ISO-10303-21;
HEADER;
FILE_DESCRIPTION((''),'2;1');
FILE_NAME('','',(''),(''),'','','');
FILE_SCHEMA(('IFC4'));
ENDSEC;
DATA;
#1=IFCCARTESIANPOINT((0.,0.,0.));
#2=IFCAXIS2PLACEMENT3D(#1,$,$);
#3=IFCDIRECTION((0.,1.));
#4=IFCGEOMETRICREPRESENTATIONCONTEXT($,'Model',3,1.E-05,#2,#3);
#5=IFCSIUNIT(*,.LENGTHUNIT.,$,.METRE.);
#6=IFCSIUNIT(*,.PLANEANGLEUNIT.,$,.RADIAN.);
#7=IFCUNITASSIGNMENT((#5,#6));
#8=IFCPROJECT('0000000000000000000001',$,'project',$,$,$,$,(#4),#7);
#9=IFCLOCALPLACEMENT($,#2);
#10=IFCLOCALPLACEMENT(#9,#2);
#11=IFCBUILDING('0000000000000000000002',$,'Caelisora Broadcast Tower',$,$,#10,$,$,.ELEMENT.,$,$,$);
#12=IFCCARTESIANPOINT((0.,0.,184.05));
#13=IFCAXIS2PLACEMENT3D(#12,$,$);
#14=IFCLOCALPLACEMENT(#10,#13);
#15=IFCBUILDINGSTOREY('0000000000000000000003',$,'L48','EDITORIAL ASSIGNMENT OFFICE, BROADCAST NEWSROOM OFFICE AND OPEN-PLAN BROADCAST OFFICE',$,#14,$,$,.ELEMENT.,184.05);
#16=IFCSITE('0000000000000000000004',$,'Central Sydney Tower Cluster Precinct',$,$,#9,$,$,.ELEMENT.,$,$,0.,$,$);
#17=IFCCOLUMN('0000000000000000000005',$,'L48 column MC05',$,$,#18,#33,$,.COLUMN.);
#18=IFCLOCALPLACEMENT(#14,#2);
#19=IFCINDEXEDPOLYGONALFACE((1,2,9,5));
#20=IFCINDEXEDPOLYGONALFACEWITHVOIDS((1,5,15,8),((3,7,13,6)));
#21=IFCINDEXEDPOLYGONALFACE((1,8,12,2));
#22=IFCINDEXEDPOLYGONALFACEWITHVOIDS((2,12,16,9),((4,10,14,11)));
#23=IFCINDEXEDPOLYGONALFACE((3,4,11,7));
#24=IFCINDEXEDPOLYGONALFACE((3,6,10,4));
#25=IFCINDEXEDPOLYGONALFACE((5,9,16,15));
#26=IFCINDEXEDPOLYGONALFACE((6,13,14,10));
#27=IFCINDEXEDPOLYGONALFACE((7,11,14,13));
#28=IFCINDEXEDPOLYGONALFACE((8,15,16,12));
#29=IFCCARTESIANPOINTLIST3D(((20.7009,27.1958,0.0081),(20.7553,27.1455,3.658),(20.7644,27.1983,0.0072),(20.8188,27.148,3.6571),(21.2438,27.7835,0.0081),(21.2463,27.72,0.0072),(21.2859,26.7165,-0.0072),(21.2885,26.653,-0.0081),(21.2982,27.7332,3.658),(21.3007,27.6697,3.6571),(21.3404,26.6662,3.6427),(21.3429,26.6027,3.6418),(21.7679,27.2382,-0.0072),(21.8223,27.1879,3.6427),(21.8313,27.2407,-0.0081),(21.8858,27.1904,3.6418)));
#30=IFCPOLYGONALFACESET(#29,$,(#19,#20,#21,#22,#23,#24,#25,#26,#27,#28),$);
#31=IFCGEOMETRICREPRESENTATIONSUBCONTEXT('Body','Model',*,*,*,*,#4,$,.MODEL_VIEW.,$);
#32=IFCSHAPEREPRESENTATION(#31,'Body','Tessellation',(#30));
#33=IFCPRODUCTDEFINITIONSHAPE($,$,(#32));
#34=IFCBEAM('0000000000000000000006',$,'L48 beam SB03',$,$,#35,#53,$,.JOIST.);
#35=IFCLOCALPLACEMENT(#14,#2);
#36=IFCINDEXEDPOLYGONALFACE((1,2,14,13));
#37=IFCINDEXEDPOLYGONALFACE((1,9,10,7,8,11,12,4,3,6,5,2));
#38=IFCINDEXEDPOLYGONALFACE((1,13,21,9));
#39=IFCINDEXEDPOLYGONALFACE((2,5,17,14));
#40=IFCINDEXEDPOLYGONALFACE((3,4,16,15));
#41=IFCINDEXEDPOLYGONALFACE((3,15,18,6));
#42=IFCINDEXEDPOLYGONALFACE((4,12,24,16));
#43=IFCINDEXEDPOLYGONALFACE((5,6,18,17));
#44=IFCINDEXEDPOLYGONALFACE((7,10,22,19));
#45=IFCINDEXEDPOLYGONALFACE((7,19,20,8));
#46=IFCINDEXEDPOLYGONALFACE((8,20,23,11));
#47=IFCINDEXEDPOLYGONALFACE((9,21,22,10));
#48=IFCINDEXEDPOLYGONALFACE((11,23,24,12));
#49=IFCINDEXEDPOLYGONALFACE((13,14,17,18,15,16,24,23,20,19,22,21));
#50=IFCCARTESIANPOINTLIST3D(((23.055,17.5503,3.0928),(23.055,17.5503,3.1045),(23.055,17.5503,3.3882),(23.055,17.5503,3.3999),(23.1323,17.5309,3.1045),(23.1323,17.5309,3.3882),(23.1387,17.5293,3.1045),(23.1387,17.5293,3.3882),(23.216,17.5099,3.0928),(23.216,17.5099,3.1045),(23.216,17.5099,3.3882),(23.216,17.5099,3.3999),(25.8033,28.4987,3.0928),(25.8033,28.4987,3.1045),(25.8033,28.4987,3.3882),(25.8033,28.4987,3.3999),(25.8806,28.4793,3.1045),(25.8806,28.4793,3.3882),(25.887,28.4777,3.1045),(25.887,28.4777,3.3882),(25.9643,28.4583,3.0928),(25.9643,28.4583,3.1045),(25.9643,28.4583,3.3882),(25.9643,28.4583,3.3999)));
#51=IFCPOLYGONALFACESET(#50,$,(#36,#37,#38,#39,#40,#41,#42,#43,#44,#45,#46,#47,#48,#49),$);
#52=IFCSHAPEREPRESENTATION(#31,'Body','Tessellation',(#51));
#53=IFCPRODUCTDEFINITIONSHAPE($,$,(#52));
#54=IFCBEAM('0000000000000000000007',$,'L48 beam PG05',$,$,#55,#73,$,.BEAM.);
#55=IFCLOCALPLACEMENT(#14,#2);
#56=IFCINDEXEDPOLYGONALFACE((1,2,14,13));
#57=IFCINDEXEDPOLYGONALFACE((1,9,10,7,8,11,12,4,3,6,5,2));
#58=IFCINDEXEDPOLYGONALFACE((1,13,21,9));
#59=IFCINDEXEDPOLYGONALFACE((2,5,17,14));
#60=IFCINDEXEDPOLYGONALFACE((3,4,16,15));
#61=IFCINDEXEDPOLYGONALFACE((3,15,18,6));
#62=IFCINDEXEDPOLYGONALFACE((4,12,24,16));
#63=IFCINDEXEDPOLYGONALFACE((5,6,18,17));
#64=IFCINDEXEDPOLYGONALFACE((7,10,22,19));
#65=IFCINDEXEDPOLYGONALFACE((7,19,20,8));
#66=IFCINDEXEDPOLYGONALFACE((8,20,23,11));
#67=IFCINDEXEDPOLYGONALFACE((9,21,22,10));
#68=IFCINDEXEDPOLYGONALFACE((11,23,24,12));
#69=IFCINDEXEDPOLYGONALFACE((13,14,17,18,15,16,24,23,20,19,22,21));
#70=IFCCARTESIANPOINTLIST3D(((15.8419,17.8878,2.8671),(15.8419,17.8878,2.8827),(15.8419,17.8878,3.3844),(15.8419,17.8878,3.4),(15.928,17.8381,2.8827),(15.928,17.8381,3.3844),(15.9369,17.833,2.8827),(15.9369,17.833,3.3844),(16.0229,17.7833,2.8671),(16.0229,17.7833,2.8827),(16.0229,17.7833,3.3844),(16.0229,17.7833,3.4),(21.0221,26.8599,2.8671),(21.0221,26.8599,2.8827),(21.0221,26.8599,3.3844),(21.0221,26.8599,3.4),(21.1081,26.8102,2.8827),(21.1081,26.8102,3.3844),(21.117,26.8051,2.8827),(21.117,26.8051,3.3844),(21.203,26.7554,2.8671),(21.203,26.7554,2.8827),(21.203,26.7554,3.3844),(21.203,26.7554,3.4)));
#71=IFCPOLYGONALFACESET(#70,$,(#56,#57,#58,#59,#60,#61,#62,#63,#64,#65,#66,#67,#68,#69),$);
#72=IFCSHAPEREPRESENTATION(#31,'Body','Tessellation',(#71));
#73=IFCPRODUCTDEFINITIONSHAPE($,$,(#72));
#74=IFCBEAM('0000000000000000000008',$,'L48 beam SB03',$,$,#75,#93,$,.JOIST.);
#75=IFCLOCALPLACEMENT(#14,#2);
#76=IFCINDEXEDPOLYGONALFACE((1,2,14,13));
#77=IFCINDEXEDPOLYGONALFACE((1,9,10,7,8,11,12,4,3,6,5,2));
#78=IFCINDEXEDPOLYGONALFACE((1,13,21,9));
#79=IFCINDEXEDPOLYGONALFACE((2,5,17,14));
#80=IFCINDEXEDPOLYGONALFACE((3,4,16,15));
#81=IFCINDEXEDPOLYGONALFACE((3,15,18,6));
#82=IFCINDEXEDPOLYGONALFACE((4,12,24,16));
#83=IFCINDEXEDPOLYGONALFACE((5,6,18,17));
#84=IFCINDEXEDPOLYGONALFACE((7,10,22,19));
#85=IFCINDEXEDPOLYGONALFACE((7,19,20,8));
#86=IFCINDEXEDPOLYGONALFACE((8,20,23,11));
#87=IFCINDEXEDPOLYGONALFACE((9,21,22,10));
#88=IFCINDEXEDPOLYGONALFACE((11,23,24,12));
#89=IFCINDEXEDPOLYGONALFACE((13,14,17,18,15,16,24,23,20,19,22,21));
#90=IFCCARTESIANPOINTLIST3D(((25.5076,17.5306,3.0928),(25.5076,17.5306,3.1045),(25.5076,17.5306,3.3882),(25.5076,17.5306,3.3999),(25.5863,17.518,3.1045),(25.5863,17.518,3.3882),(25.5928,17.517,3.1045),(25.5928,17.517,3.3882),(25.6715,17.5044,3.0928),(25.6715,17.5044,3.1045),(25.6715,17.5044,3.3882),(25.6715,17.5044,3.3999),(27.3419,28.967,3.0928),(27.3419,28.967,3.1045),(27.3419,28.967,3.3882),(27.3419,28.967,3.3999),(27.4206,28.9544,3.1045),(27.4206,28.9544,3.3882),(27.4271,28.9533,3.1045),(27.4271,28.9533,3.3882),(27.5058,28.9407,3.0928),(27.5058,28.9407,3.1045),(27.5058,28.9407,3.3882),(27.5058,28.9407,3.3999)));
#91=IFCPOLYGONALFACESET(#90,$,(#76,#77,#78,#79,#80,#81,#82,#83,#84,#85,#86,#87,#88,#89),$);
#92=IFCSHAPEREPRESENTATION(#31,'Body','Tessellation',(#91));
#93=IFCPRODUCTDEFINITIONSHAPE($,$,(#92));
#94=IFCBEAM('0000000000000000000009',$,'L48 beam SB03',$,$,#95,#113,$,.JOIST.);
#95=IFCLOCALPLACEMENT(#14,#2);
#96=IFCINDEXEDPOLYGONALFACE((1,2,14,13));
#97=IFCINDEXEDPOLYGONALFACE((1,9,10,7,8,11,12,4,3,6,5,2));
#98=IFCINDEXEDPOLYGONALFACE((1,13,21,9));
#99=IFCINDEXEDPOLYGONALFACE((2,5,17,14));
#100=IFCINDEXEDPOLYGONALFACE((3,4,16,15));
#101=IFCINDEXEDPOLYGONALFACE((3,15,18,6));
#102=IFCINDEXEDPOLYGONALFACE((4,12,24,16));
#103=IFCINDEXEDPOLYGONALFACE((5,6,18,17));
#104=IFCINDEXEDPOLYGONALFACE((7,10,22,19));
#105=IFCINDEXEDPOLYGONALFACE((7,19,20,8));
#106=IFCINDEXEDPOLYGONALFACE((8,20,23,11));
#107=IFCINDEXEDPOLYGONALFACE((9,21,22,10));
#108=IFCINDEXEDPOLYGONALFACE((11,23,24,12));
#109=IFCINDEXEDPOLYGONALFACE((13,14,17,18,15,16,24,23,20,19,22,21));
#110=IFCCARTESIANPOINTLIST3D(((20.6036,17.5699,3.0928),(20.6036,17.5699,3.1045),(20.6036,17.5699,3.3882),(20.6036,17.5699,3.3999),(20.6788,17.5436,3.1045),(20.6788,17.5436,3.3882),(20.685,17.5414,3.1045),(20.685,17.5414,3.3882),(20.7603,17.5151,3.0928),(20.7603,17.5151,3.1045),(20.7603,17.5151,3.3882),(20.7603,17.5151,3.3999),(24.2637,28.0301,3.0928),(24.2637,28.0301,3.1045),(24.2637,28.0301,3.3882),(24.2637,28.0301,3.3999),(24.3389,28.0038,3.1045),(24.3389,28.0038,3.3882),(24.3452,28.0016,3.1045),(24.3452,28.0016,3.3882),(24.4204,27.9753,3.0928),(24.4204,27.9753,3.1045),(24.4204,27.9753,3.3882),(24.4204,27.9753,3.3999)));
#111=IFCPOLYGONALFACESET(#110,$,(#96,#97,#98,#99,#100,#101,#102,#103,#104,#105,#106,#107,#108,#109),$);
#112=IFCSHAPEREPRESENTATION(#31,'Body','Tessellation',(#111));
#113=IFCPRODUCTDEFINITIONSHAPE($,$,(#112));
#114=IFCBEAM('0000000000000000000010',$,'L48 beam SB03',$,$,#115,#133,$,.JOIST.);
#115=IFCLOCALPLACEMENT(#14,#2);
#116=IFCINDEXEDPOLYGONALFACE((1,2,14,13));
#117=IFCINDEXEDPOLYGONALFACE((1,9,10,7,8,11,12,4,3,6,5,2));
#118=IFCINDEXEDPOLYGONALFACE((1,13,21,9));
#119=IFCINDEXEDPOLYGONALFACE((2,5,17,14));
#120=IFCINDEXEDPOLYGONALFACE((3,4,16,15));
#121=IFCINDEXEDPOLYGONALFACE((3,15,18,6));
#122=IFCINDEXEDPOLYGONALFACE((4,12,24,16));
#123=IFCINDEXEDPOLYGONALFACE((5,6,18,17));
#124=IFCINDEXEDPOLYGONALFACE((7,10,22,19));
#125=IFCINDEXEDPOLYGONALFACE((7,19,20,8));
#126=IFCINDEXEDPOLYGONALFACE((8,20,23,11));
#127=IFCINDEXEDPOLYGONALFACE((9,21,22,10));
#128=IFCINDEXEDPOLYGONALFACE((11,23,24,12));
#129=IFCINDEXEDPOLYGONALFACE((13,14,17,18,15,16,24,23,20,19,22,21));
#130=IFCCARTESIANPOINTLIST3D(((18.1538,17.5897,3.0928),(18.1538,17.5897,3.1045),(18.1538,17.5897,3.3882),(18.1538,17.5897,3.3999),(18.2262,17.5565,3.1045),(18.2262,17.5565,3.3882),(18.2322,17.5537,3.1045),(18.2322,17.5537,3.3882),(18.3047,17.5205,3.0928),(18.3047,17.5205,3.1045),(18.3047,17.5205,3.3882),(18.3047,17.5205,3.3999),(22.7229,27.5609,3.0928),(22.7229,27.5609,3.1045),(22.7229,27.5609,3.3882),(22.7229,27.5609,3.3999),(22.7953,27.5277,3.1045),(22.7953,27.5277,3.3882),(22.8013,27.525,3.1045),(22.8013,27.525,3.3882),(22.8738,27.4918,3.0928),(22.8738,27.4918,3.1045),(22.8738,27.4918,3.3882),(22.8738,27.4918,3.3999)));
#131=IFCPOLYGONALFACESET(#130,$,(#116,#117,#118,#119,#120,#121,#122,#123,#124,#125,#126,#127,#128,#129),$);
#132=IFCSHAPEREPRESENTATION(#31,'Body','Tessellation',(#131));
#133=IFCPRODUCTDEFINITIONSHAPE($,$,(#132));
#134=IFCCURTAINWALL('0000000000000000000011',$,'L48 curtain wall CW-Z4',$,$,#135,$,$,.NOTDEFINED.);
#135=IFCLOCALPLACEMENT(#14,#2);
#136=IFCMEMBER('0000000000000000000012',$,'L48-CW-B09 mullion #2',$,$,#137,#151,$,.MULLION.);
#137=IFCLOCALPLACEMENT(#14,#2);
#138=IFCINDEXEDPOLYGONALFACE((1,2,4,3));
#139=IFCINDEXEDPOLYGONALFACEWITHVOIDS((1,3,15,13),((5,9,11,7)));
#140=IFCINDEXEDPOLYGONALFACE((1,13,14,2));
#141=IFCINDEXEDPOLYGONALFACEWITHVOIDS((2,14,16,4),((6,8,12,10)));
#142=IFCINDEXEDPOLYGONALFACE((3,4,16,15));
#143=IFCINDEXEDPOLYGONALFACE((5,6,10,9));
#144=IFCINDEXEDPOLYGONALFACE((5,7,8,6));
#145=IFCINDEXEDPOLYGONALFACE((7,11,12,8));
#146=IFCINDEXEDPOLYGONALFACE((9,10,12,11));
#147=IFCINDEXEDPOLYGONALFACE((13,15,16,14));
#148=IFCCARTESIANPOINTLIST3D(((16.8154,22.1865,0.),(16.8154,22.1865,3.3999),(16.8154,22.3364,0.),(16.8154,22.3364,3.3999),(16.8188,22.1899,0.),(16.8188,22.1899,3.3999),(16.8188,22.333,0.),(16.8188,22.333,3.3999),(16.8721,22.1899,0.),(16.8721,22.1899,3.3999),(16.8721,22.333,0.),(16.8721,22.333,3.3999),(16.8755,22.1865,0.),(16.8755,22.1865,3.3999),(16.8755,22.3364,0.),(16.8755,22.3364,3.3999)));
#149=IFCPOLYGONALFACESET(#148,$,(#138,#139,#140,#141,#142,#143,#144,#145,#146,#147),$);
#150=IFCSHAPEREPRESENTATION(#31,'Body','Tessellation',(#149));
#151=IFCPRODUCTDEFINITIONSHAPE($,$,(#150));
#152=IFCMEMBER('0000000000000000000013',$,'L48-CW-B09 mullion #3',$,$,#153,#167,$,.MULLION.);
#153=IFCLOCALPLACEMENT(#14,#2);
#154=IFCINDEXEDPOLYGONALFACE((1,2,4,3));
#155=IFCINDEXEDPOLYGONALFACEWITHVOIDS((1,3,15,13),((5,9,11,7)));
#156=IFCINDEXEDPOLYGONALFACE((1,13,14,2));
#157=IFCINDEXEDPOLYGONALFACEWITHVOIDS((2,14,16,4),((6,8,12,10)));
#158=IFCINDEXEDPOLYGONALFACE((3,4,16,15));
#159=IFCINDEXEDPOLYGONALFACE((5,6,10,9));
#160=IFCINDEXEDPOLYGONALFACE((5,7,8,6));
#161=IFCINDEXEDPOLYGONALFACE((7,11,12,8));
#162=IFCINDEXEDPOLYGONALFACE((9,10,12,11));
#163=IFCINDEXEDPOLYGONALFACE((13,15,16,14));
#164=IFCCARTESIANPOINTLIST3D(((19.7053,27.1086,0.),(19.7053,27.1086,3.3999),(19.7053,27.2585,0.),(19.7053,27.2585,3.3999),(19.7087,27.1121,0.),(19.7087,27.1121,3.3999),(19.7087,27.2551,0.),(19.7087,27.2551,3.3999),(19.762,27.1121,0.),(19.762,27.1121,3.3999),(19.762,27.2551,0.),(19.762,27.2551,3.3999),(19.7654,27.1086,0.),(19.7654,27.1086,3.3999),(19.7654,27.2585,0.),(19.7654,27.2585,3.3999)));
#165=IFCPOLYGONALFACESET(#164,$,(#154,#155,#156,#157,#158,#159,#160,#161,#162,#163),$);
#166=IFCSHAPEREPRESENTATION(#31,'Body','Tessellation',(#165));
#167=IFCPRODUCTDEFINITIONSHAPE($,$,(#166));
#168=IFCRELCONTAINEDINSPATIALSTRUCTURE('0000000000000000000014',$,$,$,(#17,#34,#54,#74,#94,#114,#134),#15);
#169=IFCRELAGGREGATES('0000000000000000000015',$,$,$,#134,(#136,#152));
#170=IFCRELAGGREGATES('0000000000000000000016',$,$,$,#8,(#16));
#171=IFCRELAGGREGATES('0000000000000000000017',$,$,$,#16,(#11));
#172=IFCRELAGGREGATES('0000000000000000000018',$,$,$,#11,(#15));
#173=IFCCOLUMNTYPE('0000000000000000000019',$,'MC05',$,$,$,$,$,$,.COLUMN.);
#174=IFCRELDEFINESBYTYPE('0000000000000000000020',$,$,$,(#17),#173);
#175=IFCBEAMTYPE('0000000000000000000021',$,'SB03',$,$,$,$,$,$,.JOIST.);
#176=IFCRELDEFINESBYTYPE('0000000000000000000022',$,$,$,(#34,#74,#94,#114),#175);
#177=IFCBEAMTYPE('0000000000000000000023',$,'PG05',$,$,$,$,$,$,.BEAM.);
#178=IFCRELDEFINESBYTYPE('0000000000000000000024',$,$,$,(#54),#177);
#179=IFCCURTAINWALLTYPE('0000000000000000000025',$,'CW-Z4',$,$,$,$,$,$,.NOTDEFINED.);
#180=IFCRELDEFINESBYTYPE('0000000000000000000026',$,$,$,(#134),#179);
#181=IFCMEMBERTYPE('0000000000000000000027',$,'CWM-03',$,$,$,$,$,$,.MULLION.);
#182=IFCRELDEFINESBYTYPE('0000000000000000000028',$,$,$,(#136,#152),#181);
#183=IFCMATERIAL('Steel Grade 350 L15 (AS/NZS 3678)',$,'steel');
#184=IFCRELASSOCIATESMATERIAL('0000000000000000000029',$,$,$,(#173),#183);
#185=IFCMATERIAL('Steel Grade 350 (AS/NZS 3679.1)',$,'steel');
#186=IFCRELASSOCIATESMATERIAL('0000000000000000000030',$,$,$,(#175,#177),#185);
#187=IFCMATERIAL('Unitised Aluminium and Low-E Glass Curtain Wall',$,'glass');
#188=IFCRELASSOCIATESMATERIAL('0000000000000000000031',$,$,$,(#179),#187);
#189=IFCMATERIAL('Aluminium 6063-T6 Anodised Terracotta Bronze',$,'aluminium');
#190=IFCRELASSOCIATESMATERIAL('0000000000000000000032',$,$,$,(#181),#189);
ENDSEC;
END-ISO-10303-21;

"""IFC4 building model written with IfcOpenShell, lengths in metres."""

from ifc_helpers import new_model, si_unit, direction, frame, origin, origin_2d, place, context, subcontext, project, spatial, hollow_rectangle, i_section, extrude, source, transform, mapped, material, material_profile, profile_set, type_object, type_shapes, element, aggregate, save


model = new_model("IFC4")

# Units and contexts
model_context = context("Model", 3, precision=1e-05, world=origin(), true_north=direction((0.0, 1.0)))
body_context = subcontext(model_context, "Body", "Model", "MODEL_VIEW")
ifc_project = project(units=[si_unit("LENGTHUNIT", "METRE"), si_unit("PLANEANGLEUNIT", "RADIAN")], contexts=[model_context])

# Site, building, storey
site_placement = place(None, origin())
site = spatial("IfcSite", under=ifc_project, at=site_placement, Name="Central Sydney Tower Cluster Precinct", CompositionType="ELEMENT", RefElevation=0.0)
building_placement = place(site_placement, origin())
building = spatial("IfcBuilding", under=site, at=building_placement, Name="Caelisora Broadcast Tower", CompositionType="ELEMENT")
storey_placement = place(building_placement, frame((0.0, 0.0, 184.05)))
storey = spatial("IfcBuildingStorey", under=building, at=storey_placement, Name="L48", Description="EDITORIAL ASSIGNMENT OFFICE, BROADCAST NEWSROOM OFFICE AND OPEN-PLAN BROADCAST OFFICE", CompositionType="ELEMENT", Elevation=184.05)

# Column
ifc_material_1 = material(Name="Steel Grade 350 L15 (AS/NZS 3678)", Category="steel")
ifc_material_profile_1 = material_profile(ifc_material_1, hollow_rectangle(XDim=0.8, YDim=0.8, WallThickness=0.0449, at=origin_2d()), Name="Steel Grade 350 L15 (AS/NZS 3678)")
ifc_profile_set_1 = profile_set([ifc_material_profile_1], Name="Steel Grade 350 L15 (AS/NZS 3678)")
column_type = type_object("IfcColumnType", Name="MC05", PredefinedType="COLUMN", material=ifc_profile_set_1)
shared_shape_1 = source(origin(), body_context, "Body", "SweptSolid", [
    extrude(hollow_rectangle(XDim=0.8, YDim=0.8, WallThickness=0.0449, at=origin_2d()), origin(), (0.0, 0.0, 1.0), 3.6506),
])
type_shapes(column_type, [shared_shape_1])
column_placement = place(storey_placement, frame((21.2661, 27.2183, 0.0), z_axis=(0.014913, -0.013776, 0.999794), x_axis=(0.678554, 0.734551, 0.0)))
element("IfcColumn", 1, at=column_placement, inside=storey, type_object=column_type, Name="L48 column MC05", PredefinedType="COLUMN", context=body_context, shape_type="MappedRepresentation", body=[
    mapped(shared_shape_1, transform((0.0, 0.0, 0.0), scale=1.0)),
])

# Beams
ifc_material_2 = material(Name="Steel Grade 350 (AS/NZS 3679.1)", Category="steel")
ifc_material_profile_2 = material_profile(ifc_material_2, i_section(OverallWidth=0.166, OverallDepth=0.3071, WebThickness=0.0066, FlangeThickness=0.0117, at=origin_2d()), Name="Steel Grade 350 (AS/NZS 3679.1)")
ifc_profile_set_2 = profile_set([ifc_material_profile_2], Name="Steel Grade 350 (AS/NZS 3679.1)")
beam_type_1 = type_object("IfcBeamType", Name="SB03", PredefinedType="JOIST", material=ifc_profile_set_2)
shared_shape_2 = source(origin(), body_context, "Body", "SweptSolid", [
    extrude(i_section(OverallWidth=0.166, OverallDepth=0.3071, WebThickness=0.0066, FlangeThickness=0.0117, at=origin_2d()), origin(), (0.0, 0.0, 1.0), 11.2881),
])
beam_1_placement = place(storey_placement, frame((25.8838, 28.4785, 3.2463), z_axis=(-0.243467, -0.969909, 0.0), x_axis=(0.969909, -0.243467, 0.0)))
element("IfcBeam", 2, at=beam_1_placement, inside=storey, type_object=beam_type_1, Name="L48 beam SB03", PredefinedType="JOIST", context=body_context, shape_type="MappedRepresentation", body=[
    mapped(shared_shape_2, transform((0.0, 0.0, 0.0), scale=1.0)),
])
ifc_material_profile_3 = material_profile(ifc_material_2, i_section(OverallWidth=0.209, OverallDepth=0.533, WebThickness=0.0103, FlangeThickness=0.0156, at=origin_2d()), Name="Steel Grade 350 (AS/NZS 3679.1)")
ifc_profile_set_3 = profile_set([ifc_material_profile_3], Name="Steel Grade 350 (AS/NZS 3679.1)")
beam_type_2 = type_object("IfcBeamType", Name="PG05", PredefinedType="BEAM", material=ifc_profile_set_3)
shared_shape_3 = source(origin(), body_context, "Body", "SweptSolid", [
    extrude(i_section(OverallWidth=0.209, OverallDepth=0.533, WebThickness=0.0103, FlangeThickness=0.0156, at=origin_2d()), origin(), (0.0, 0.0, 1.0), 10.3601),
])
type_shapes(beam_type_2, [shared_shape_3])
beam_2_placement = place(storey_placement, frame((21.1125, 26.8076, 3.1335), z_axis=(-0.500007, -0.866022, 0.0), x_axis=(0.866022, -0.500007, 0.0)))
element("IfcBeam", 3, at=beam_2_placement, inside=storey, type_object=beam_type_2, Name="L48 beam PG05", PredefinedType="BEAM", context=body_context, shape_type="MappedRepresentation", body=[
    mapped(shared_shape_3, transform((0.0, 0.0, 0.0), scale=1.0)),
])
shared_shape_4 = source(origin(), body_context, "Body", "SweptSolid", [
    extrude(i_section(OverallWidth=0.166, OverallDepth=0.3071, WebThickness=0.0066, FlangeThickness=0.0117, at=origin_2d()), origin(), (0.0, 0.0, 1.0), 11.5825),
])
beam_3_placement = place(storey_placement, frame((27.4238, 28.9539, 3.2463), z_axis=(-0.158363, -0.987381, 0.0), x_axis=(0.987381, -0.158363, 0.0)))
element("IfcBeam", 4, at=beam_3_placement, inside=storey, type_object=beam_type_1, Name="L48 beam SB03", PredefinedType="JOIST", context=body_context, shape_type="MappedRepresentation", body=[
    mapped(shared_shape_4, transform((0.0, 0.0, 0.0), scale=1.0)),
])
shared_shape_5 = source(origin(), body_context, "Body", "SweptSolid", [
    extrude(i_section(OverallWidth=0.166, OverallDepth=0.3071, WebThickness=0.0066, FlangeThickness=0.0117, at=origin_2d()), origin(), (0.0, 0.0, 1.0), 11.082),
])
beam_4_placement = place(storey_placement, frame((24.342, 28.0027, 3.2463), z_axis=(-0.330277, -0.943884, 0.0), x_axis=(0.943884, -0.330277, 0.0)))
element("IfcBeam", 5, at=beam_4_placement, inside=storey, type_object=beam_type_1, Name="L48 beam SB03", PredefinedType="JOIST", context=body_context, shape_type="MappedRepresentation", body=[
    mapped(shared_shape_5, transform((0.0, 0.0, 0.0), scale=1.0)),
])
shared_shape_6 = source(origin(), body_context, "Body", "SweptSolid", [
    extrude(i_section(OverallWidth=0.166, OverallDepth=0.3071, WebThickness=0.0066, FlangeThickness=0.0117, at=origin_2d()), origin(), (0.0, 0.0, 1.0), 10.9683),
])
type_shapes(beam_type_1, [shared_shape_2, shared_shape_4, shared_shape_5, shared_shape_6])
beam_5_placement = place(storey_placement, frame((22.7983, 27.5264, 3.2463), z_axis=(-0.416577, -0.909101, 0.0), x_axis=(0.909101, -0.416577, 0.0)))
element("IfcBeam", 6, at=beam_5_placement, inside=storey, type_object=beam_type_1, Name="L48 beam SB03", PredefinedType="JOIST", context=body_context, shape_type="MappedRepresentation", body=[
    mapped(shared_shape_6, transform((0.0, 0.0, 0.0), scale=1.0)),
])

# Curtain wall, members
ifc_material_3 = material(Name="Unitised Aluminium and Low-E Glass Curtain Wall", Category="glass")
curtain_wall_type_1 = type_object("IfcCurtainWallType", Name="CW-Z4", PredefinedType="NOTDEFINED", material=ifc_material_3)
curtain_wall_1_placement = place(storey_placement, origin())
curtain_wall_1 = element("IfcCurtainWall", 7, at=curtain_wall_1_placement, inside=storey, type_object=curtain_wall_type_1, Name="L48 curtain wall CW-Z4", PredefinedType="NOTDEFINED")
ifc_material_4 = material(Name="Aluminium 6063-T6 Anodised Terracotta Bronze", Category="aluminium")
ifc_material_profile_4 = material_profile(ifc_material_4, hollow_rectangle(XDim=0.0601, YDim=0.1499, WallThickness=0.0034, at=origin_2d()), Name="Aluminium 6063-T6 Anodised Terracotta Bronze")
ifc_profile_set_4 = profile_set([ifc_material_profile_4], Name="Aluminium 6063-T6 Anodised Terracotta Bronze")
member_type_1 = type_object("IfcMemberType", Name="CWM-03", PredefinedType="MULLION", material=ifc_profile_set_4)
shared_shape_7 = source(origin(), body_context, "Body", "SweptSolid", [
    extrude(hollow_rectangle(XDim=0.0601, YDim=0.1499, WallThickness=0.0034, at=origin_2d()), origin(), (0.0, 0.0, 1.0), 3.3999),
])
type_shapes(member_type_1, [shared_shape_7])
member_1_placement = place(storey_placement, frame((16.8455, 22.2615, 0.0), z_axis=(0.0, 0.0, 1.0), x_axis=(1.0, 0.0, 0.0)))
member_1 = element("IfcMember", 8, at=member_1_placement, type_object=member_type_1, Name="L48-CW-B09 mullion #2", PredefinedType="MULLION", context=body_context, shape_type="MappedRepresentation", body=[
    mapped(shared_shape_7, transform((0.0, 0.0, 0.0), scale=1.0)),
])
member_2_placement = place(storey_placement, frame((19.7354, 27.1836, 0.0), z_axis=(0.0, 0.0, 1.0), x_axis=(1.0, 0.0, 0.0)))
member_2 = element("IfcMember", 9, at=member_2_placement, type_object=member_type_1, Name="L48-CW-B09 mullion #3", PredefinedType="MULLION", context=body_context, shape_type="MappedRepresentation", body=[
    mapped(shared_shape_7, transform((0.0, 0.0, 0.0), scale=1.0)),
])

aggregate(curtain_wall_1, [member_1, member_2])

save(model, "model.ifc")
